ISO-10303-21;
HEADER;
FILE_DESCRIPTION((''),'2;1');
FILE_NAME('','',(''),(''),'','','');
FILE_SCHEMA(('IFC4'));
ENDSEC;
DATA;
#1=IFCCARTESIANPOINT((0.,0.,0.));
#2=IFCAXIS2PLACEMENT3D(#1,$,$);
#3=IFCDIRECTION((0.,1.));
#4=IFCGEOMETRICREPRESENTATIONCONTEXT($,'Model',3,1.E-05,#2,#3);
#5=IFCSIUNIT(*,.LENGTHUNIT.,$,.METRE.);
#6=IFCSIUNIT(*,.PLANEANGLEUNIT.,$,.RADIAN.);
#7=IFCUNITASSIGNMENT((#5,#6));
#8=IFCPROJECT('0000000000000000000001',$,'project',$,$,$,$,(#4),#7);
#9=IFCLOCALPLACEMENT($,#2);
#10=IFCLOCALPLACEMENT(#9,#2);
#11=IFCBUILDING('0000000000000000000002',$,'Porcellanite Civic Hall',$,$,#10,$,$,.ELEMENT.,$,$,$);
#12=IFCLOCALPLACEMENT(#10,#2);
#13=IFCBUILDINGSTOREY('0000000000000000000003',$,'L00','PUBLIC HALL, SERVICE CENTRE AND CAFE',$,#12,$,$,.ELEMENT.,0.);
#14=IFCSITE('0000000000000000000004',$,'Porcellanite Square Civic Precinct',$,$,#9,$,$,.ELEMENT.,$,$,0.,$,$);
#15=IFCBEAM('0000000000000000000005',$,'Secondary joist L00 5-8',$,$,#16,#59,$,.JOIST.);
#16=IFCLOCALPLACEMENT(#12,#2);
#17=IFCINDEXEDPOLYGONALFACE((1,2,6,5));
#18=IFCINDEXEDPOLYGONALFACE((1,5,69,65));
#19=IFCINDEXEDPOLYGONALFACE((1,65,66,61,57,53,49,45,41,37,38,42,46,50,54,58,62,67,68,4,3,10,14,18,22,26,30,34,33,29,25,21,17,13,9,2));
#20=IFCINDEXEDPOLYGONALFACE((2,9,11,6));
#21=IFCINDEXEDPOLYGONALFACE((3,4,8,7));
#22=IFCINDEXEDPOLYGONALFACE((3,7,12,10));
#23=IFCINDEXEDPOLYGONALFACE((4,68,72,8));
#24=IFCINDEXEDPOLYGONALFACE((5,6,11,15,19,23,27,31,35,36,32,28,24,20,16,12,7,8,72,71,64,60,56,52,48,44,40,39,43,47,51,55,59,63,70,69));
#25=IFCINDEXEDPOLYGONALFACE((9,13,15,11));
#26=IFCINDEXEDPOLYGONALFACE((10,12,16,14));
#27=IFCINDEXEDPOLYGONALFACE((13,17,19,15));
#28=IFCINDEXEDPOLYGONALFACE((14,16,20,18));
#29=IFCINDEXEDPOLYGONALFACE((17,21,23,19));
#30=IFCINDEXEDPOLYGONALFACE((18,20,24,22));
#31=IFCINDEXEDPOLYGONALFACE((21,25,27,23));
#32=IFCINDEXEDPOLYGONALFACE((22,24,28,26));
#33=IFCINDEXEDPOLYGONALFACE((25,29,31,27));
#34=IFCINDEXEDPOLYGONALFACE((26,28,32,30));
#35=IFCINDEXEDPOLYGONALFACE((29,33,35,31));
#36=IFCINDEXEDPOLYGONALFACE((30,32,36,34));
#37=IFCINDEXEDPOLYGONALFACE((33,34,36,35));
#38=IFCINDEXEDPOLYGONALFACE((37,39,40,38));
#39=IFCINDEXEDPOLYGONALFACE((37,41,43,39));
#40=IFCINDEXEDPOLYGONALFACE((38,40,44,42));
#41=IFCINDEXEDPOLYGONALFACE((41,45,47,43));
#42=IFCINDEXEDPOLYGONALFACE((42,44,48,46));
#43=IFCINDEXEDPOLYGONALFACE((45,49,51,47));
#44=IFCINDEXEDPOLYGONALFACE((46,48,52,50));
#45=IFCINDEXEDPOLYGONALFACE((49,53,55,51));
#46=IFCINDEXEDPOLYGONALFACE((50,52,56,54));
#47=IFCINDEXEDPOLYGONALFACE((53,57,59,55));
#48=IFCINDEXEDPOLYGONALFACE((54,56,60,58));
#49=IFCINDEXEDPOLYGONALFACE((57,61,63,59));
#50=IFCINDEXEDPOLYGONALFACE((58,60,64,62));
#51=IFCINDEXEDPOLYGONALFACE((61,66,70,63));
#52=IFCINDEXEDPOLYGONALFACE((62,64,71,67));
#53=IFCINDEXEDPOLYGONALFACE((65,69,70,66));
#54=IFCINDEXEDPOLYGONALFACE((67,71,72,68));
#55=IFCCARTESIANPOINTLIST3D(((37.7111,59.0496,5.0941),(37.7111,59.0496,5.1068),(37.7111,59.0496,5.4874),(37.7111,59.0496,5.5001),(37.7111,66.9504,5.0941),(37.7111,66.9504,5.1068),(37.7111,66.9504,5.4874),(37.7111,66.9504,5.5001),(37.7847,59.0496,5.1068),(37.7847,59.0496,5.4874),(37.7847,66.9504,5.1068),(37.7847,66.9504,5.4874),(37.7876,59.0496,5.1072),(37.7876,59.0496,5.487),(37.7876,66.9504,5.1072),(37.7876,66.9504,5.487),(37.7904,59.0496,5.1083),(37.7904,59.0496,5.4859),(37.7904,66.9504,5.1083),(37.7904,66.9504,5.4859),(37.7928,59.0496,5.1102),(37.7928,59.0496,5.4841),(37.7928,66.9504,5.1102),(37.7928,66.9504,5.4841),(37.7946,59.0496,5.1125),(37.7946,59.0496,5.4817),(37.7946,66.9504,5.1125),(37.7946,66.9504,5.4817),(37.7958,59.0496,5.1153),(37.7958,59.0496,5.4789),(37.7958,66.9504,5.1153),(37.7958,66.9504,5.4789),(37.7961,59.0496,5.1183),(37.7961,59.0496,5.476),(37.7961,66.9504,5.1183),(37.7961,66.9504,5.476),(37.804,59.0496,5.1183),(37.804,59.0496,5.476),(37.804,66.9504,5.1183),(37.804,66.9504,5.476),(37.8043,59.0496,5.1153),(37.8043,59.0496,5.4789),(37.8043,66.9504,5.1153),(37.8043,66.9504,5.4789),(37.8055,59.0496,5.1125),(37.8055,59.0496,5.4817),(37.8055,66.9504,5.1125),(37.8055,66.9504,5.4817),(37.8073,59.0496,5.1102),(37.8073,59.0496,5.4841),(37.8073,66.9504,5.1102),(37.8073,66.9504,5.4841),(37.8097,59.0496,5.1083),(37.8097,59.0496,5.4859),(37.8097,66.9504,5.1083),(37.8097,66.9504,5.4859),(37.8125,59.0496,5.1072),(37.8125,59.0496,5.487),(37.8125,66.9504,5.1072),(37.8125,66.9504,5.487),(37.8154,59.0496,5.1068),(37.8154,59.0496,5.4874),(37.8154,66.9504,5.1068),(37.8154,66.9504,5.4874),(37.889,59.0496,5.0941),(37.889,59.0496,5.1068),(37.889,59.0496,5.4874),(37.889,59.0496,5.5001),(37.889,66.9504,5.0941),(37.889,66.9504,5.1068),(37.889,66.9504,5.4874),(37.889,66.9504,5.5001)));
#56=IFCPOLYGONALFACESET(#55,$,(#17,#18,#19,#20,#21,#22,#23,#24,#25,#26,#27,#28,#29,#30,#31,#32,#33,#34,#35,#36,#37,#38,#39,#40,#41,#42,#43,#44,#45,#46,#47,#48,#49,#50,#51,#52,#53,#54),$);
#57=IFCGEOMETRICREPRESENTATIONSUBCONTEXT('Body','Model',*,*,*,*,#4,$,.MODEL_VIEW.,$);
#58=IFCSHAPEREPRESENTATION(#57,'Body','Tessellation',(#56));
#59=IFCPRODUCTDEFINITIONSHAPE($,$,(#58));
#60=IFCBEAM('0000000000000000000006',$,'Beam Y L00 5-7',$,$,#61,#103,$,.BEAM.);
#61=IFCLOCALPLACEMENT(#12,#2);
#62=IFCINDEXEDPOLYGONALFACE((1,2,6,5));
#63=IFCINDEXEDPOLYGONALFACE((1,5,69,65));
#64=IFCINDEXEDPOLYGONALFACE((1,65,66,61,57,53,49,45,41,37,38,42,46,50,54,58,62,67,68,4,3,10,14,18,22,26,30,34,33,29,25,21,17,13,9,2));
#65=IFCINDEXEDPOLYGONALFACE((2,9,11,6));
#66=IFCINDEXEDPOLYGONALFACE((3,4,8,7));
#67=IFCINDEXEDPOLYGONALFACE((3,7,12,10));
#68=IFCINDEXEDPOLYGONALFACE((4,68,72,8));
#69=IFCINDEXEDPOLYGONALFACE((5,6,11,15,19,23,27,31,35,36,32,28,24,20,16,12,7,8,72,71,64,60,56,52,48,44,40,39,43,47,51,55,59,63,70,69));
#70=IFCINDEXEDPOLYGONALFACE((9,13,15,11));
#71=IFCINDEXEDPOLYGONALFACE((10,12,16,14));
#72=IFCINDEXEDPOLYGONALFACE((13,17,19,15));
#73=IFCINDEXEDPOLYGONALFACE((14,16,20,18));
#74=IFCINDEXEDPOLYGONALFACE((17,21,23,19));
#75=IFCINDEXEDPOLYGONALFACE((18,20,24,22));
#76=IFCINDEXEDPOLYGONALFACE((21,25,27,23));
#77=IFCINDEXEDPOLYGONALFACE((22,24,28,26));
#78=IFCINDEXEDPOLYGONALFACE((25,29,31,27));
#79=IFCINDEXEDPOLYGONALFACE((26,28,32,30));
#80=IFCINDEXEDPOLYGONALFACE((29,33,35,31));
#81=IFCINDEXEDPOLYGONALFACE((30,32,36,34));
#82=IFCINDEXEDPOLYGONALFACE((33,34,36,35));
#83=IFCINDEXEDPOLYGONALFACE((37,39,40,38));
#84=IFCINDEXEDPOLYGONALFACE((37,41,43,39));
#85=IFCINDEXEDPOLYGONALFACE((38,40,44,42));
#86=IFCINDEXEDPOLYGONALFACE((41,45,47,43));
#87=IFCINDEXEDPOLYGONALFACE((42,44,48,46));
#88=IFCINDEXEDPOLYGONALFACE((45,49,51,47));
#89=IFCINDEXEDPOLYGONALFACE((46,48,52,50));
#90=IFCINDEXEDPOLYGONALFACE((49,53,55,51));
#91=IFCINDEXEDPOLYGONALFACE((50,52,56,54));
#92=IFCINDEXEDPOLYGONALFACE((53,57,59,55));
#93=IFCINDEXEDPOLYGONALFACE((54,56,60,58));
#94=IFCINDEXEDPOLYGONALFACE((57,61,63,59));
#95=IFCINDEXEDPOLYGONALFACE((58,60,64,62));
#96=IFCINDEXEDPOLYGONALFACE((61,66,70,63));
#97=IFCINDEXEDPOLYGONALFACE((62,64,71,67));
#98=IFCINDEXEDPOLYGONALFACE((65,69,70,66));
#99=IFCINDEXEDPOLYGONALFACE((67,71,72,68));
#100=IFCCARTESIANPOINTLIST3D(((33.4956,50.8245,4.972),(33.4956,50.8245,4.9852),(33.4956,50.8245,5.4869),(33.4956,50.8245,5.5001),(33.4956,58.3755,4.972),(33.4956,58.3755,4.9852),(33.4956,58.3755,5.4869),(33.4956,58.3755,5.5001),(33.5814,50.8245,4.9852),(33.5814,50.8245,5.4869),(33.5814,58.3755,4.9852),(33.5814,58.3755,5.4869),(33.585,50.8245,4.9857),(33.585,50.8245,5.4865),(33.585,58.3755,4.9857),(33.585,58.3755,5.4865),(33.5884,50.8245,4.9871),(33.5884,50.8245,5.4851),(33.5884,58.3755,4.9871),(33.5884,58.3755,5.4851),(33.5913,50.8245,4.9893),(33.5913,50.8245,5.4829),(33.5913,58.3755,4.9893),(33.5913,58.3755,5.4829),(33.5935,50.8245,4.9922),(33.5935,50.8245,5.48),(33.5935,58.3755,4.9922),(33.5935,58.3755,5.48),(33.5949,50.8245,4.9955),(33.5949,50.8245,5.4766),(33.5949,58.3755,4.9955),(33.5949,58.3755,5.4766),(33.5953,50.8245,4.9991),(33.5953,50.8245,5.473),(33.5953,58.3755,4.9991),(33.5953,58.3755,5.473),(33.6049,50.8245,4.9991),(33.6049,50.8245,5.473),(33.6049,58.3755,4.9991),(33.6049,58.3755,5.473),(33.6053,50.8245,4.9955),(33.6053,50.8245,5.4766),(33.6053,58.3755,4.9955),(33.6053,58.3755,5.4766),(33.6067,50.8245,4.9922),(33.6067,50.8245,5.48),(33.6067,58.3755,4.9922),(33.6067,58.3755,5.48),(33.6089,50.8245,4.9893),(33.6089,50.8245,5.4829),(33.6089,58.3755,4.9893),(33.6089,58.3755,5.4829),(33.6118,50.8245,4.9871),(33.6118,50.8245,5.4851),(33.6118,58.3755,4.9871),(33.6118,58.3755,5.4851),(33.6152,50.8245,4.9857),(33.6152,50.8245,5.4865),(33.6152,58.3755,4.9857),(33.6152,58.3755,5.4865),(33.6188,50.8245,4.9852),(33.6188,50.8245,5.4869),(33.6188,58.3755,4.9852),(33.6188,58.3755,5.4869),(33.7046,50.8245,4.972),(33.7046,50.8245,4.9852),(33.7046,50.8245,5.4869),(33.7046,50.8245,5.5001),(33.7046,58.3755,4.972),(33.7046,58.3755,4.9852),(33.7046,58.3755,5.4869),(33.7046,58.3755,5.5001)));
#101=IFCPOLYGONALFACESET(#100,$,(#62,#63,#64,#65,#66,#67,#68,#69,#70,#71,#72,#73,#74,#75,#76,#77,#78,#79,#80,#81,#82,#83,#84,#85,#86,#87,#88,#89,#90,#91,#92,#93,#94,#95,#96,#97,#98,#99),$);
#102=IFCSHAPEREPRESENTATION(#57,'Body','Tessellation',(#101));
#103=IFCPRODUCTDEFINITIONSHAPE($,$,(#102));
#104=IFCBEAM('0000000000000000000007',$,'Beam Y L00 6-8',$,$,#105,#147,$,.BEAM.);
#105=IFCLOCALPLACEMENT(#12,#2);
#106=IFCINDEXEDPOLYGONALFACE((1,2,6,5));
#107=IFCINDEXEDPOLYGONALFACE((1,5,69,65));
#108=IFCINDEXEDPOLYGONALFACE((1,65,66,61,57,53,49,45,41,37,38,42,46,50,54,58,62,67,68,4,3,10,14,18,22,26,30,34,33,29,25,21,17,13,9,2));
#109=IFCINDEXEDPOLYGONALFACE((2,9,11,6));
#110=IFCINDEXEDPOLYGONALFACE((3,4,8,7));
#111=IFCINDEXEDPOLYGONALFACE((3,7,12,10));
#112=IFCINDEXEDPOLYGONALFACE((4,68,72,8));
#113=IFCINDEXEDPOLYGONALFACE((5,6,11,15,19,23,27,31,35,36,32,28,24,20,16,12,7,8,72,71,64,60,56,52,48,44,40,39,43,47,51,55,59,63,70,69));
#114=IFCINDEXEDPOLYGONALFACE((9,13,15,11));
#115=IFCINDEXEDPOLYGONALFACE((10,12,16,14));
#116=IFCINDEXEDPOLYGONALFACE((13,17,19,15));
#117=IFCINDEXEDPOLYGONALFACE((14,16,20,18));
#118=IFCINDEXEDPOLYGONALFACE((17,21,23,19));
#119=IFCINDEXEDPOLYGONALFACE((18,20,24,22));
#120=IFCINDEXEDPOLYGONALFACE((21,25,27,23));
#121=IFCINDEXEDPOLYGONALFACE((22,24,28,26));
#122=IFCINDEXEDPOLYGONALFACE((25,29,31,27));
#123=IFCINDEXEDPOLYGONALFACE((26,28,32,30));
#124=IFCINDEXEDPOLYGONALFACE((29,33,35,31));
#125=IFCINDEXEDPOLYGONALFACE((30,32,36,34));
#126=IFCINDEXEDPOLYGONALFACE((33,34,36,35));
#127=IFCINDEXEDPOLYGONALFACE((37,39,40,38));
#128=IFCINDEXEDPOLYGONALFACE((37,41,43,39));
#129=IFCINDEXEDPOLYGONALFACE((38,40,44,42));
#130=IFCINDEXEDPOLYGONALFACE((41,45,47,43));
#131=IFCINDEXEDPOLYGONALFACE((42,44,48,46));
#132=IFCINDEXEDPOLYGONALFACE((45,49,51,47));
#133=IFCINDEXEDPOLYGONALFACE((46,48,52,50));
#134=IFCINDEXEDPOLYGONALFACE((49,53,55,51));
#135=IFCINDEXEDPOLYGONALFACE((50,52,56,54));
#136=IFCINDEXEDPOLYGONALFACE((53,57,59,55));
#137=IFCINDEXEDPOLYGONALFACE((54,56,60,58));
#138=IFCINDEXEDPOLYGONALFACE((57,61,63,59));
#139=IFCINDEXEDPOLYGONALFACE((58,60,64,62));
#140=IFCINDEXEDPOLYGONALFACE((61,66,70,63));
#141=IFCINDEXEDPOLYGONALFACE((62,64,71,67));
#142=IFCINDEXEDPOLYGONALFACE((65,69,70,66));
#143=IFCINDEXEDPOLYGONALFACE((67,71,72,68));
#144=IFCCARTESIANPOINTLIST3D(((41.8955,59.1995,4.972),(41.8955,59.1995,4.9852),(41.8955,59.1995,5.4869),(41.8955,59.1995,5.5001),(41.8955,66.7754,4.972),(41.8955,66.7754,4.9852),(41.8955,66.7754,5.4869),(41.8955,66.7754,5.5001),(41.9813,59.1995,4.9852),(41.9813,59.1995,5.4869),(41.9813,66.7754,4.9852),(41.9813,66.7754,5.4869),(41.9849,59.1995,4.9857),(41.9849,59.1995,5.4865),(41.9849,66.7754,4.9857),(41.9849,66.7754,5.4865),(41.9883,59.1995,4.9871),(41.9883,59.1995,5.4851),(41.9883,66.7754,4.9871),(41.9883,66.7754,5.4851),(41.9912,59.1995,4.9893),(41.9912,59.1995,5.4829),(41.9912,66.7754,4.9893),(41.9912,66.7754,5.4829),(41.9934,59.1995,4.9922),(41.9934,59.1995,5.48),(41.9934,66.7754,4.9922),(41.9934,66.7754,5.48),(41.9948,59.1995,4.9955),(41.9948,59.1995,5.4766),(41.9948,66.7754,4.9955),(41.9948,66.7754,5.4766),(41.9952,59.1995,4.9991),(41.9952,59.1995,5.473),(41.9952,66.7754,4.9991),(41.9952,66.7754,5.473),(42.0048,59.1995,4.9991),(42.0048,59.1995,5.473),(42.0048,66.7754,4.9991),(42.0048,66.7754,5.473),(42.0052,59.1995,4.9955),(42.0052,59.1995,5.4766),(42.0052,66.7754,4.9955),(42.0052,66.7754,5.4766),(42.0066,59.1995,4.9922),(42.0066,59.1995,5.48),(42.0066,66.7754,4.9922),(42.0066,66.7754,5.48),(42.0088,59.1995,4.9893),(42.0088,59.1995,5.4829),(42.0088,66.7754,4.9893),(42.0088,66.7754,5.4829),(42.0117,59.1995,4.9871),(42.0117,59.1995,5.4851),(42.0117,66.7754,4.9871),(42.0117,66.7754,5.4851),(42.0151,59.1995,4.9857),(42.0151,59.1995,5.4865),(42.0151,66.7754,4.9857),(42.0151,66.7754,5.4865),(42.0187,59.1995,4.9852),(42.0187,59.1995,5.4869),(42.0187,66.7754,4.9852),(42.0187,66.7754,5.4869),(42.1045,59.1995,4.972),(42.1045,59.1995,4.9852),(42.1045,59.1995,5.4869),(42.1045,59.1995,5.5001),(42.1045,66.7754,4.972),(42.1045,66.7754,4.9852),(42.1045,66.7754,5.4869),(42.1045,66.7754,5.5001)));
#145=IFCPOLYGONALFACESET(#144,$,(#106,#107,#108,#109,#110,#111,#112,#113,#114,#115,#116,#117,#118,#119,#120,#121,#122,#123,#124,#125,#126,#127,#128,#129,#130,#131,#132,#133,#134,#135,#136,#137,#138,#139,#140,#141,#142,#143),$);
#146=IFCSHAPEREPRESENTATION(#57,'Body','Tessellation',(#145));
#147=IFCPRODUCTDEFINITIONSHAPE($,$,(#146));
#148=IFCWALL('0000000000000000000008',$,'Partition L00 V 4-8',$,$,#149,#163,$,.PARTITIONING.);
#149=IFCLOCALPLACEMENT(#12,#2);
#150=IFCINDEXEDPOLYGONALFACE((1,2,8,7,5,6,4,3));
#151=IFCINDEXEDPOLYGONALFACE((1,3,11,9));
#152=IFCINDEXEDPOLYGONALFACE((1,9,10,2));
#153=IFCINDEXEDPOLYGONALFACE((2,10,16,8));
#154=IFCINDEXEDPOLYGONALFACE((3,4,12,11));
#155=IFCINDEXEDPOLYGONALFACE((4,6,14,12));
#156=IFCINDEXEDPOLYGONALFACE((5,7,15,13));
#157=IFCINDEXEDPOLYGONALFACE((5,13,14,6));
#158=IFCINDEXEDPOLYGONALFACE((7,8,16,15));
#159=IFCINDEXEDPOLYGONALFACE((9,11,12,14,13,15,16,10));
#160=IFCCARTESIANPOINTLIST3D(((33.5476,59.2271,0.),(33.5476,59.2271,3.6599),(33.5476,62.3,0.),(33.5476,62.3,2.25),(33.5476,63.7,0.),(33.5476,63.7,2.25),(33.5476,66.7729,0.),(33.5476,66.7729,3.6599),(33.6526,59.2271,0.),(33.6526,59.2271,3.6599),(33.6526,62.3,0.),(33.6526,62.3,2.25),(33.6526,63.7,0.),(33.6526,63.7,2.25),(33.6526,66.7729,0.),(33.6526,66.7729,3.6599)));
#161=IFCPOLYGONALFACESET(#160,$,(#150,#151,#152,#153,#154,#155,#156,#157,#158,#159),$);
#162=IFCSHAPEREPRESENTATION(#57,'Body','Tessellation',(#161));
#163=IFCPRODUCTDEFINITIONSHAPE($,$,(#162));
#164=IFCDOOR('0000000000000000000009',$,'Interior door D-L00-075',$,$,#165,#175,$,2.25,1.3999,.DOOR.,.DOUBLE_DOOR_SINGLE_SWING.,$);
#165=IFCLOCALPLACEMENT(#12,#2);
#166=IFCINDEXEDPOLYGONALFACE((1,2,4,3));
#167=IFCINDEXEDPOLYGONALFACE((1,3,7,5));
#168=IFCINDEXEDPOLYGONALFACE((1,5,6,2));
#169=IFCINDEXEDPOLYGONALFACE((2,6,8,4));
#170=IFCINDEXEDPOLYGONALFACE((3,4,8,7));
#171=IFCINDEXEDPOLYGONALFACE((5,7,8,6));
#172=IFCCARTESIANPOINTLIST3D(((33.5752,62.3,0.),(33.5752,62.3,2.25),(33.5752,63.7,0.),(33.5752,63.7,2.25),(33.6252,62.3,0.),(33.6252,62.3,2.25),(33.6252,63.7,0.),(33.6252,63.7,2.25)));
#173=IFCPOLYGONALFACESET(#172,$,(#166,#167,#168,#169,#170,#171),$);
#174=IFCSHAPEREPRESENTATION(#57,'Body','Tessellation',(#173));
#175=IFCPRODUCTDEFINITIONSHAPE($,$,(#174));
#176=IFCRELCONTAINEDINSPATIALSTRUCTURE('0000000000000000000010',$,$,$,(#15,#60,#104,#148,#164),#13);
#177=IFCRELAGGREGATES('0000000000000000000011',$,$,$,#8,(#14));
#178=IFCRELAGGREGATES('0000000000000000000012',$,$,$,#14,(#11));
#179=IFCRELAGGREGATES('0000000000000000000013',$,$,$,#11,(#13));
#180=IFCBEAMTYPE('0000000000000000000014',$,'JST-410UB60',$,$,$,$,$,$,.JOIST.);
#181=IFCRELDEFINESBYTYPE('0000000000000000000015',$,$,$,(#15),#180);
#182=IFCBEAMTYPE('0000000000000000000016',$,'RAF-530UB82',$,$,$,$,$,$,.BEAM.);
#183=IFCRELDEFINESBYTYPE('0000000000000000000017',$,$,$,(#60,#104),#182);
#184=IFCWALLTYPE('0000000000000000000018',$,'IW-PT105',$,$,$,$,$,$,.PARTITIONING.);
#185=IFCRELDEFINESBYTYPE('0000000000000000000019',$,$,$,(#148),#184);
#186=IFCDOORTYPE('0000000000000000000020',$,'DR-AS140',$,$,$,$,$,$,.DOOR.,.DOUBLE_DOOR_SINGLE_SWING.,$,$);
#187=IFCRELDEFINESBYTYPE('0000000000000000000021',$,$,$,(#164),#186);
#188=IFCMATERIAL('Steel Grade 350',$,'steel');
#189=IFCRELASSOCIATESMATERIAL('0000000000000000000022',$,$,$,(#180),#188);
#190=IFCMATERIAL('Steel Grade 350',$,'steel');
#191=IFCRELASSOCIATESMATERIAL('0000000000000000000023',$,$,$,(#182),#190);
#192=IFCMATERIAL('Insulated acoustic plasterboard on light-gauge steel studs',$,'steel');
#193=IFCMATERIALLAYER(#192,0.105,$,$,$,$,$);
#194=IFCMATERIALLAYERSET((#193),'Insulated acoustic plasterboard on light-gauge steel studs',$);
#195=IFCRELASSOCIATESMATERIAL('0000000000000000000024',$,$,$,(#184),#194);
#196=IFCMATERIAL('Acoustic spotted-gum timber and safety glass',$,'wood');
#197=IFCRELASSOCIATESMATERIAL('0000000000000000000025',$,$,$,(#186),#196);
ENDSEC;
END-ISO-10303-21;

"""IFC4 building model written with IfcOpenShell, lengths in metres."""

from ifc_helpers import new_model, si_unit, direction, frame, frame_2d, origin, origin_2d, place, context, subcontext, project, spatial, rectangle, i_section, extrude, material, layer, layer_set, material_profile, profile_set, type_object, element, fill, save


model = new_model("IFC4")

# Units and contexts
model_context = context("Model", 3, precision=1e-05, world=origin(), true_north=direction((0.0, 1.0)))
body_context = subcontext(model_context, "Body", "Model", "MODEL_VIEW")
ifc_project = project(units=[si_unit("LENGTHUNIT", "METRE"), si_unit("PLANEANGLEUNIT", "RADIAN")], contexts=[model_context])

# Site, building, storey
site_placement = place(None, origin())
site = spatial("IfcSite", under=ifc_project, at=site_placement, Name="Porcellanite Square Civic Precinct", CompositionType="ELEMENT", RefElevation=0.0)
building_placement = place(site_placement, origin())
building = spatial("IfcBuilding", under=site, at=building_placement, Name="Porcellanite Civic Hall", CompositionType="ELEMENT")
storey_placement = place(building_placement, origin())
storey = spatial("IfcBuildingStorey", under=building, at=storey_placement, Name="L00", Description="PUBLIC HALL, SERVICE CENTRE AND CAFE", CompositionType="ELEMENT", Elevation=0.0)

# Beams
ifc_material_1 = material(Name="Steel Grade 350", Category="steel")
ifc_material_profile_1 = material_profile(ifc_material_1, i_section(OverallWidth=0.178, OverallDepth=0.406, WebThickness=0.0078, FlangeThickness=0.0127, FilletRadius=0.0115, at=origin_2d()), Name="410UB59.7")
ifc_profile_set_1 = profile_set([ifc_material_profile_1], Name="Steel Grade 350")
beam_type_1 = type_object("IfcBeamType", Name="JST-410UB60", PredefinedType="JOIST", material=ifc_profile_set_1)
beam_1_placement = place(storey_placement, frame((37.8, 59.0496, 5.2971), z_axis=(0.0, 1.0, 0.0), x_axis=(-1.0, 0.0, 0.0)))
element("IfcBeam", 1, at=beam_1_placement, inside=storey, type_object=beam_type_1, Name="Secondary joist L00 5-8", PredefinedType="JOIST", context=body_context, shape_type="SweptSolid", body=[
    extrude(i_section(OverallWidth=0.178, OverallDepth=0.406, WebThickness=0.0078, FlangeThickness=0.0127, FilletRadius=0.0115, at=origin_2d()), origin(), (0.0, 0.0, 1.0), 7.9009),
])
ifc_material_2 = material(Name="Steel Grade 350", Category="steel")
ifc_material_profile_2 = material_profile(ifc_material_2, i_section(OverallWidth=0.209, OverallDepth=0.5281, WebThickness=0.0095, FlangeThickness=0.0132, FilletRadius=0.0139, at=origin_2d()), Name="530UB82.0")
ifc_profile_set_2 = profile_set([ifc_material_profile_2], Name="Steel Grade 350")
beam_type_2 = type_object("IfcBeamType", Name="RAF-530UB82", PredefinedType="BEAM", material=ifc_profile_set_2)
beam_2_placement = place(storey_placement, frame((33.6001, 50.8245, 5.2361), z_axis=(0.0, 1.0, 0.0), x_axis=(-1.0, 0.0, 0.0)))
element("IfcBeam", 2, at=beam_2_placement, inside=storey, type_object=beam_type_2, Name="Beam Y L00 5-7", PredefinedType="BEAM", context=body_context, shape_type="SweptSolid", body=[
    extrude(i_section(OverallWidth=0.209, OverallDepth=0.5281, WebThickness=0.0095, FlangeThickness=0.0132, FilletRadius=0.0139, at=origin_2d()), origin(), (0.0, 0.0, 1.0), 7.551),
])
beam_3_placement = place(storey_placement, frame((42.0, 59.1995, 5.2361), z_axis=(0.0, 1.0, 0.0), x_axis=(-1.0, 0.0, 0.0)))
element("IfcBeam", 3, at=beam_3_placement, inside=storey, type_object=beam_type_2, Name="Beam Y L00 6-8", PredefinedType="BEAM", context=body_context, shape_type="SweptSolid", body=[
    extrude(i_section(OverallWidth=0.209, OverallDepth=0.5281, WebThickness=0.0095, FlangeThickness=0.0132, FilletRadius=0.0139, at=origin_2d()), origin(), (0.0, 0.0, 1.0), 7.5759),
])

# Wall, opening, door
ifc_material_3 = material(Name="Insulated acoustic plasterboard on light-gauge steel studs", Category="steel")
ifc_layer_1 = layer(ifc_material_3, 0.105)
ifc_layer_set_1 = layer_set([ifc_layer_1], Name="Insulated acoustic plasterboard on light-gauge steel studs")
wall_type_1 = type_object("IfcWallType", Name="IW-PT105", PredefinedType="PARTITIONING", material=ifc_layer_set_1)
wall_1_placement = place(storey_placement, frame((33.6001, 59.2271, 0.0), z_axis=(0.0, 0.0, 1.0), x_axis=(0.0, 1.0, 0.0)))
wall_1 = element("IfcWall", 4, at=wall_1_placement, inside=storey, type_object=wall_type_1, Name="Partition L00 V 4-8", PredefinedType="PARTITIONING", context=body_context, shape_type="SweptSolid", body=[
    extrude(rectangle(XDim=7.5459, YDim=0.105, at=frame_2d((3.7729, 0.0))), origin(), (0.0, 0.0, 1.0), 3.6599),
])
opening_1_placement = place(wall_1_placement, frame((3.073, 0.0, 0.0)))
opening_1 = element("IfcOpeningElement", 5, at=opening_1_placement, cuts=wall_1, PredefinedType="OPENING", context=body_context, shape_type="SweptSolid", body=[
    extrude(rectangle(XDim=1.3999, YDim=2.25, at=frame_2d((0.7, 1.125))), frame((0.0, 0.0525, 0.0), z_axis=(0.0, -1.0, 0.0), x_axis=(1.0, 0.0, 0.0)), (0.0, 0.0, 1.0), 0.105),
])
ifc_material_4 = material(Name="Acoustic spotted-gum timber and safety glass", Category="wood")
door_type_1 = type_object("IfcDoorType", Name="DR-AS140", OperationType="DOUBLE_DOOR_SINGLE_SWING", PredefinedType="DOOR", material=ifc_material_4)
door_1_placement = place(opening_1_placement, origin())
door_1 = element("IfcDoor", 6, at=door_1_placement, inside=storey, type_object=door_type_1, Name="Interior door D-L00-075", OperationType="DOUBLE_DOOR_SINGLE_SWING", OverallHeight=2.25, OverallWidth=1.3999, PredefinedType="DOOR", context=body_context, shape_type="SweptSolid", body=[
    extrude(rectangle(XDim=1.3999, YDim=2.25, at=frame_2d((0.7, 1.125))), frame((0.0, 0.0249, 0.0), z_axis=(0.0, -1.0, 0.0), x_axis=(1.0, 0.0, 0.0)), (0.0, 0.0, 1.0), 0.05),
])
fill(opening_1, door_1)

save(model, "model.ifc")
